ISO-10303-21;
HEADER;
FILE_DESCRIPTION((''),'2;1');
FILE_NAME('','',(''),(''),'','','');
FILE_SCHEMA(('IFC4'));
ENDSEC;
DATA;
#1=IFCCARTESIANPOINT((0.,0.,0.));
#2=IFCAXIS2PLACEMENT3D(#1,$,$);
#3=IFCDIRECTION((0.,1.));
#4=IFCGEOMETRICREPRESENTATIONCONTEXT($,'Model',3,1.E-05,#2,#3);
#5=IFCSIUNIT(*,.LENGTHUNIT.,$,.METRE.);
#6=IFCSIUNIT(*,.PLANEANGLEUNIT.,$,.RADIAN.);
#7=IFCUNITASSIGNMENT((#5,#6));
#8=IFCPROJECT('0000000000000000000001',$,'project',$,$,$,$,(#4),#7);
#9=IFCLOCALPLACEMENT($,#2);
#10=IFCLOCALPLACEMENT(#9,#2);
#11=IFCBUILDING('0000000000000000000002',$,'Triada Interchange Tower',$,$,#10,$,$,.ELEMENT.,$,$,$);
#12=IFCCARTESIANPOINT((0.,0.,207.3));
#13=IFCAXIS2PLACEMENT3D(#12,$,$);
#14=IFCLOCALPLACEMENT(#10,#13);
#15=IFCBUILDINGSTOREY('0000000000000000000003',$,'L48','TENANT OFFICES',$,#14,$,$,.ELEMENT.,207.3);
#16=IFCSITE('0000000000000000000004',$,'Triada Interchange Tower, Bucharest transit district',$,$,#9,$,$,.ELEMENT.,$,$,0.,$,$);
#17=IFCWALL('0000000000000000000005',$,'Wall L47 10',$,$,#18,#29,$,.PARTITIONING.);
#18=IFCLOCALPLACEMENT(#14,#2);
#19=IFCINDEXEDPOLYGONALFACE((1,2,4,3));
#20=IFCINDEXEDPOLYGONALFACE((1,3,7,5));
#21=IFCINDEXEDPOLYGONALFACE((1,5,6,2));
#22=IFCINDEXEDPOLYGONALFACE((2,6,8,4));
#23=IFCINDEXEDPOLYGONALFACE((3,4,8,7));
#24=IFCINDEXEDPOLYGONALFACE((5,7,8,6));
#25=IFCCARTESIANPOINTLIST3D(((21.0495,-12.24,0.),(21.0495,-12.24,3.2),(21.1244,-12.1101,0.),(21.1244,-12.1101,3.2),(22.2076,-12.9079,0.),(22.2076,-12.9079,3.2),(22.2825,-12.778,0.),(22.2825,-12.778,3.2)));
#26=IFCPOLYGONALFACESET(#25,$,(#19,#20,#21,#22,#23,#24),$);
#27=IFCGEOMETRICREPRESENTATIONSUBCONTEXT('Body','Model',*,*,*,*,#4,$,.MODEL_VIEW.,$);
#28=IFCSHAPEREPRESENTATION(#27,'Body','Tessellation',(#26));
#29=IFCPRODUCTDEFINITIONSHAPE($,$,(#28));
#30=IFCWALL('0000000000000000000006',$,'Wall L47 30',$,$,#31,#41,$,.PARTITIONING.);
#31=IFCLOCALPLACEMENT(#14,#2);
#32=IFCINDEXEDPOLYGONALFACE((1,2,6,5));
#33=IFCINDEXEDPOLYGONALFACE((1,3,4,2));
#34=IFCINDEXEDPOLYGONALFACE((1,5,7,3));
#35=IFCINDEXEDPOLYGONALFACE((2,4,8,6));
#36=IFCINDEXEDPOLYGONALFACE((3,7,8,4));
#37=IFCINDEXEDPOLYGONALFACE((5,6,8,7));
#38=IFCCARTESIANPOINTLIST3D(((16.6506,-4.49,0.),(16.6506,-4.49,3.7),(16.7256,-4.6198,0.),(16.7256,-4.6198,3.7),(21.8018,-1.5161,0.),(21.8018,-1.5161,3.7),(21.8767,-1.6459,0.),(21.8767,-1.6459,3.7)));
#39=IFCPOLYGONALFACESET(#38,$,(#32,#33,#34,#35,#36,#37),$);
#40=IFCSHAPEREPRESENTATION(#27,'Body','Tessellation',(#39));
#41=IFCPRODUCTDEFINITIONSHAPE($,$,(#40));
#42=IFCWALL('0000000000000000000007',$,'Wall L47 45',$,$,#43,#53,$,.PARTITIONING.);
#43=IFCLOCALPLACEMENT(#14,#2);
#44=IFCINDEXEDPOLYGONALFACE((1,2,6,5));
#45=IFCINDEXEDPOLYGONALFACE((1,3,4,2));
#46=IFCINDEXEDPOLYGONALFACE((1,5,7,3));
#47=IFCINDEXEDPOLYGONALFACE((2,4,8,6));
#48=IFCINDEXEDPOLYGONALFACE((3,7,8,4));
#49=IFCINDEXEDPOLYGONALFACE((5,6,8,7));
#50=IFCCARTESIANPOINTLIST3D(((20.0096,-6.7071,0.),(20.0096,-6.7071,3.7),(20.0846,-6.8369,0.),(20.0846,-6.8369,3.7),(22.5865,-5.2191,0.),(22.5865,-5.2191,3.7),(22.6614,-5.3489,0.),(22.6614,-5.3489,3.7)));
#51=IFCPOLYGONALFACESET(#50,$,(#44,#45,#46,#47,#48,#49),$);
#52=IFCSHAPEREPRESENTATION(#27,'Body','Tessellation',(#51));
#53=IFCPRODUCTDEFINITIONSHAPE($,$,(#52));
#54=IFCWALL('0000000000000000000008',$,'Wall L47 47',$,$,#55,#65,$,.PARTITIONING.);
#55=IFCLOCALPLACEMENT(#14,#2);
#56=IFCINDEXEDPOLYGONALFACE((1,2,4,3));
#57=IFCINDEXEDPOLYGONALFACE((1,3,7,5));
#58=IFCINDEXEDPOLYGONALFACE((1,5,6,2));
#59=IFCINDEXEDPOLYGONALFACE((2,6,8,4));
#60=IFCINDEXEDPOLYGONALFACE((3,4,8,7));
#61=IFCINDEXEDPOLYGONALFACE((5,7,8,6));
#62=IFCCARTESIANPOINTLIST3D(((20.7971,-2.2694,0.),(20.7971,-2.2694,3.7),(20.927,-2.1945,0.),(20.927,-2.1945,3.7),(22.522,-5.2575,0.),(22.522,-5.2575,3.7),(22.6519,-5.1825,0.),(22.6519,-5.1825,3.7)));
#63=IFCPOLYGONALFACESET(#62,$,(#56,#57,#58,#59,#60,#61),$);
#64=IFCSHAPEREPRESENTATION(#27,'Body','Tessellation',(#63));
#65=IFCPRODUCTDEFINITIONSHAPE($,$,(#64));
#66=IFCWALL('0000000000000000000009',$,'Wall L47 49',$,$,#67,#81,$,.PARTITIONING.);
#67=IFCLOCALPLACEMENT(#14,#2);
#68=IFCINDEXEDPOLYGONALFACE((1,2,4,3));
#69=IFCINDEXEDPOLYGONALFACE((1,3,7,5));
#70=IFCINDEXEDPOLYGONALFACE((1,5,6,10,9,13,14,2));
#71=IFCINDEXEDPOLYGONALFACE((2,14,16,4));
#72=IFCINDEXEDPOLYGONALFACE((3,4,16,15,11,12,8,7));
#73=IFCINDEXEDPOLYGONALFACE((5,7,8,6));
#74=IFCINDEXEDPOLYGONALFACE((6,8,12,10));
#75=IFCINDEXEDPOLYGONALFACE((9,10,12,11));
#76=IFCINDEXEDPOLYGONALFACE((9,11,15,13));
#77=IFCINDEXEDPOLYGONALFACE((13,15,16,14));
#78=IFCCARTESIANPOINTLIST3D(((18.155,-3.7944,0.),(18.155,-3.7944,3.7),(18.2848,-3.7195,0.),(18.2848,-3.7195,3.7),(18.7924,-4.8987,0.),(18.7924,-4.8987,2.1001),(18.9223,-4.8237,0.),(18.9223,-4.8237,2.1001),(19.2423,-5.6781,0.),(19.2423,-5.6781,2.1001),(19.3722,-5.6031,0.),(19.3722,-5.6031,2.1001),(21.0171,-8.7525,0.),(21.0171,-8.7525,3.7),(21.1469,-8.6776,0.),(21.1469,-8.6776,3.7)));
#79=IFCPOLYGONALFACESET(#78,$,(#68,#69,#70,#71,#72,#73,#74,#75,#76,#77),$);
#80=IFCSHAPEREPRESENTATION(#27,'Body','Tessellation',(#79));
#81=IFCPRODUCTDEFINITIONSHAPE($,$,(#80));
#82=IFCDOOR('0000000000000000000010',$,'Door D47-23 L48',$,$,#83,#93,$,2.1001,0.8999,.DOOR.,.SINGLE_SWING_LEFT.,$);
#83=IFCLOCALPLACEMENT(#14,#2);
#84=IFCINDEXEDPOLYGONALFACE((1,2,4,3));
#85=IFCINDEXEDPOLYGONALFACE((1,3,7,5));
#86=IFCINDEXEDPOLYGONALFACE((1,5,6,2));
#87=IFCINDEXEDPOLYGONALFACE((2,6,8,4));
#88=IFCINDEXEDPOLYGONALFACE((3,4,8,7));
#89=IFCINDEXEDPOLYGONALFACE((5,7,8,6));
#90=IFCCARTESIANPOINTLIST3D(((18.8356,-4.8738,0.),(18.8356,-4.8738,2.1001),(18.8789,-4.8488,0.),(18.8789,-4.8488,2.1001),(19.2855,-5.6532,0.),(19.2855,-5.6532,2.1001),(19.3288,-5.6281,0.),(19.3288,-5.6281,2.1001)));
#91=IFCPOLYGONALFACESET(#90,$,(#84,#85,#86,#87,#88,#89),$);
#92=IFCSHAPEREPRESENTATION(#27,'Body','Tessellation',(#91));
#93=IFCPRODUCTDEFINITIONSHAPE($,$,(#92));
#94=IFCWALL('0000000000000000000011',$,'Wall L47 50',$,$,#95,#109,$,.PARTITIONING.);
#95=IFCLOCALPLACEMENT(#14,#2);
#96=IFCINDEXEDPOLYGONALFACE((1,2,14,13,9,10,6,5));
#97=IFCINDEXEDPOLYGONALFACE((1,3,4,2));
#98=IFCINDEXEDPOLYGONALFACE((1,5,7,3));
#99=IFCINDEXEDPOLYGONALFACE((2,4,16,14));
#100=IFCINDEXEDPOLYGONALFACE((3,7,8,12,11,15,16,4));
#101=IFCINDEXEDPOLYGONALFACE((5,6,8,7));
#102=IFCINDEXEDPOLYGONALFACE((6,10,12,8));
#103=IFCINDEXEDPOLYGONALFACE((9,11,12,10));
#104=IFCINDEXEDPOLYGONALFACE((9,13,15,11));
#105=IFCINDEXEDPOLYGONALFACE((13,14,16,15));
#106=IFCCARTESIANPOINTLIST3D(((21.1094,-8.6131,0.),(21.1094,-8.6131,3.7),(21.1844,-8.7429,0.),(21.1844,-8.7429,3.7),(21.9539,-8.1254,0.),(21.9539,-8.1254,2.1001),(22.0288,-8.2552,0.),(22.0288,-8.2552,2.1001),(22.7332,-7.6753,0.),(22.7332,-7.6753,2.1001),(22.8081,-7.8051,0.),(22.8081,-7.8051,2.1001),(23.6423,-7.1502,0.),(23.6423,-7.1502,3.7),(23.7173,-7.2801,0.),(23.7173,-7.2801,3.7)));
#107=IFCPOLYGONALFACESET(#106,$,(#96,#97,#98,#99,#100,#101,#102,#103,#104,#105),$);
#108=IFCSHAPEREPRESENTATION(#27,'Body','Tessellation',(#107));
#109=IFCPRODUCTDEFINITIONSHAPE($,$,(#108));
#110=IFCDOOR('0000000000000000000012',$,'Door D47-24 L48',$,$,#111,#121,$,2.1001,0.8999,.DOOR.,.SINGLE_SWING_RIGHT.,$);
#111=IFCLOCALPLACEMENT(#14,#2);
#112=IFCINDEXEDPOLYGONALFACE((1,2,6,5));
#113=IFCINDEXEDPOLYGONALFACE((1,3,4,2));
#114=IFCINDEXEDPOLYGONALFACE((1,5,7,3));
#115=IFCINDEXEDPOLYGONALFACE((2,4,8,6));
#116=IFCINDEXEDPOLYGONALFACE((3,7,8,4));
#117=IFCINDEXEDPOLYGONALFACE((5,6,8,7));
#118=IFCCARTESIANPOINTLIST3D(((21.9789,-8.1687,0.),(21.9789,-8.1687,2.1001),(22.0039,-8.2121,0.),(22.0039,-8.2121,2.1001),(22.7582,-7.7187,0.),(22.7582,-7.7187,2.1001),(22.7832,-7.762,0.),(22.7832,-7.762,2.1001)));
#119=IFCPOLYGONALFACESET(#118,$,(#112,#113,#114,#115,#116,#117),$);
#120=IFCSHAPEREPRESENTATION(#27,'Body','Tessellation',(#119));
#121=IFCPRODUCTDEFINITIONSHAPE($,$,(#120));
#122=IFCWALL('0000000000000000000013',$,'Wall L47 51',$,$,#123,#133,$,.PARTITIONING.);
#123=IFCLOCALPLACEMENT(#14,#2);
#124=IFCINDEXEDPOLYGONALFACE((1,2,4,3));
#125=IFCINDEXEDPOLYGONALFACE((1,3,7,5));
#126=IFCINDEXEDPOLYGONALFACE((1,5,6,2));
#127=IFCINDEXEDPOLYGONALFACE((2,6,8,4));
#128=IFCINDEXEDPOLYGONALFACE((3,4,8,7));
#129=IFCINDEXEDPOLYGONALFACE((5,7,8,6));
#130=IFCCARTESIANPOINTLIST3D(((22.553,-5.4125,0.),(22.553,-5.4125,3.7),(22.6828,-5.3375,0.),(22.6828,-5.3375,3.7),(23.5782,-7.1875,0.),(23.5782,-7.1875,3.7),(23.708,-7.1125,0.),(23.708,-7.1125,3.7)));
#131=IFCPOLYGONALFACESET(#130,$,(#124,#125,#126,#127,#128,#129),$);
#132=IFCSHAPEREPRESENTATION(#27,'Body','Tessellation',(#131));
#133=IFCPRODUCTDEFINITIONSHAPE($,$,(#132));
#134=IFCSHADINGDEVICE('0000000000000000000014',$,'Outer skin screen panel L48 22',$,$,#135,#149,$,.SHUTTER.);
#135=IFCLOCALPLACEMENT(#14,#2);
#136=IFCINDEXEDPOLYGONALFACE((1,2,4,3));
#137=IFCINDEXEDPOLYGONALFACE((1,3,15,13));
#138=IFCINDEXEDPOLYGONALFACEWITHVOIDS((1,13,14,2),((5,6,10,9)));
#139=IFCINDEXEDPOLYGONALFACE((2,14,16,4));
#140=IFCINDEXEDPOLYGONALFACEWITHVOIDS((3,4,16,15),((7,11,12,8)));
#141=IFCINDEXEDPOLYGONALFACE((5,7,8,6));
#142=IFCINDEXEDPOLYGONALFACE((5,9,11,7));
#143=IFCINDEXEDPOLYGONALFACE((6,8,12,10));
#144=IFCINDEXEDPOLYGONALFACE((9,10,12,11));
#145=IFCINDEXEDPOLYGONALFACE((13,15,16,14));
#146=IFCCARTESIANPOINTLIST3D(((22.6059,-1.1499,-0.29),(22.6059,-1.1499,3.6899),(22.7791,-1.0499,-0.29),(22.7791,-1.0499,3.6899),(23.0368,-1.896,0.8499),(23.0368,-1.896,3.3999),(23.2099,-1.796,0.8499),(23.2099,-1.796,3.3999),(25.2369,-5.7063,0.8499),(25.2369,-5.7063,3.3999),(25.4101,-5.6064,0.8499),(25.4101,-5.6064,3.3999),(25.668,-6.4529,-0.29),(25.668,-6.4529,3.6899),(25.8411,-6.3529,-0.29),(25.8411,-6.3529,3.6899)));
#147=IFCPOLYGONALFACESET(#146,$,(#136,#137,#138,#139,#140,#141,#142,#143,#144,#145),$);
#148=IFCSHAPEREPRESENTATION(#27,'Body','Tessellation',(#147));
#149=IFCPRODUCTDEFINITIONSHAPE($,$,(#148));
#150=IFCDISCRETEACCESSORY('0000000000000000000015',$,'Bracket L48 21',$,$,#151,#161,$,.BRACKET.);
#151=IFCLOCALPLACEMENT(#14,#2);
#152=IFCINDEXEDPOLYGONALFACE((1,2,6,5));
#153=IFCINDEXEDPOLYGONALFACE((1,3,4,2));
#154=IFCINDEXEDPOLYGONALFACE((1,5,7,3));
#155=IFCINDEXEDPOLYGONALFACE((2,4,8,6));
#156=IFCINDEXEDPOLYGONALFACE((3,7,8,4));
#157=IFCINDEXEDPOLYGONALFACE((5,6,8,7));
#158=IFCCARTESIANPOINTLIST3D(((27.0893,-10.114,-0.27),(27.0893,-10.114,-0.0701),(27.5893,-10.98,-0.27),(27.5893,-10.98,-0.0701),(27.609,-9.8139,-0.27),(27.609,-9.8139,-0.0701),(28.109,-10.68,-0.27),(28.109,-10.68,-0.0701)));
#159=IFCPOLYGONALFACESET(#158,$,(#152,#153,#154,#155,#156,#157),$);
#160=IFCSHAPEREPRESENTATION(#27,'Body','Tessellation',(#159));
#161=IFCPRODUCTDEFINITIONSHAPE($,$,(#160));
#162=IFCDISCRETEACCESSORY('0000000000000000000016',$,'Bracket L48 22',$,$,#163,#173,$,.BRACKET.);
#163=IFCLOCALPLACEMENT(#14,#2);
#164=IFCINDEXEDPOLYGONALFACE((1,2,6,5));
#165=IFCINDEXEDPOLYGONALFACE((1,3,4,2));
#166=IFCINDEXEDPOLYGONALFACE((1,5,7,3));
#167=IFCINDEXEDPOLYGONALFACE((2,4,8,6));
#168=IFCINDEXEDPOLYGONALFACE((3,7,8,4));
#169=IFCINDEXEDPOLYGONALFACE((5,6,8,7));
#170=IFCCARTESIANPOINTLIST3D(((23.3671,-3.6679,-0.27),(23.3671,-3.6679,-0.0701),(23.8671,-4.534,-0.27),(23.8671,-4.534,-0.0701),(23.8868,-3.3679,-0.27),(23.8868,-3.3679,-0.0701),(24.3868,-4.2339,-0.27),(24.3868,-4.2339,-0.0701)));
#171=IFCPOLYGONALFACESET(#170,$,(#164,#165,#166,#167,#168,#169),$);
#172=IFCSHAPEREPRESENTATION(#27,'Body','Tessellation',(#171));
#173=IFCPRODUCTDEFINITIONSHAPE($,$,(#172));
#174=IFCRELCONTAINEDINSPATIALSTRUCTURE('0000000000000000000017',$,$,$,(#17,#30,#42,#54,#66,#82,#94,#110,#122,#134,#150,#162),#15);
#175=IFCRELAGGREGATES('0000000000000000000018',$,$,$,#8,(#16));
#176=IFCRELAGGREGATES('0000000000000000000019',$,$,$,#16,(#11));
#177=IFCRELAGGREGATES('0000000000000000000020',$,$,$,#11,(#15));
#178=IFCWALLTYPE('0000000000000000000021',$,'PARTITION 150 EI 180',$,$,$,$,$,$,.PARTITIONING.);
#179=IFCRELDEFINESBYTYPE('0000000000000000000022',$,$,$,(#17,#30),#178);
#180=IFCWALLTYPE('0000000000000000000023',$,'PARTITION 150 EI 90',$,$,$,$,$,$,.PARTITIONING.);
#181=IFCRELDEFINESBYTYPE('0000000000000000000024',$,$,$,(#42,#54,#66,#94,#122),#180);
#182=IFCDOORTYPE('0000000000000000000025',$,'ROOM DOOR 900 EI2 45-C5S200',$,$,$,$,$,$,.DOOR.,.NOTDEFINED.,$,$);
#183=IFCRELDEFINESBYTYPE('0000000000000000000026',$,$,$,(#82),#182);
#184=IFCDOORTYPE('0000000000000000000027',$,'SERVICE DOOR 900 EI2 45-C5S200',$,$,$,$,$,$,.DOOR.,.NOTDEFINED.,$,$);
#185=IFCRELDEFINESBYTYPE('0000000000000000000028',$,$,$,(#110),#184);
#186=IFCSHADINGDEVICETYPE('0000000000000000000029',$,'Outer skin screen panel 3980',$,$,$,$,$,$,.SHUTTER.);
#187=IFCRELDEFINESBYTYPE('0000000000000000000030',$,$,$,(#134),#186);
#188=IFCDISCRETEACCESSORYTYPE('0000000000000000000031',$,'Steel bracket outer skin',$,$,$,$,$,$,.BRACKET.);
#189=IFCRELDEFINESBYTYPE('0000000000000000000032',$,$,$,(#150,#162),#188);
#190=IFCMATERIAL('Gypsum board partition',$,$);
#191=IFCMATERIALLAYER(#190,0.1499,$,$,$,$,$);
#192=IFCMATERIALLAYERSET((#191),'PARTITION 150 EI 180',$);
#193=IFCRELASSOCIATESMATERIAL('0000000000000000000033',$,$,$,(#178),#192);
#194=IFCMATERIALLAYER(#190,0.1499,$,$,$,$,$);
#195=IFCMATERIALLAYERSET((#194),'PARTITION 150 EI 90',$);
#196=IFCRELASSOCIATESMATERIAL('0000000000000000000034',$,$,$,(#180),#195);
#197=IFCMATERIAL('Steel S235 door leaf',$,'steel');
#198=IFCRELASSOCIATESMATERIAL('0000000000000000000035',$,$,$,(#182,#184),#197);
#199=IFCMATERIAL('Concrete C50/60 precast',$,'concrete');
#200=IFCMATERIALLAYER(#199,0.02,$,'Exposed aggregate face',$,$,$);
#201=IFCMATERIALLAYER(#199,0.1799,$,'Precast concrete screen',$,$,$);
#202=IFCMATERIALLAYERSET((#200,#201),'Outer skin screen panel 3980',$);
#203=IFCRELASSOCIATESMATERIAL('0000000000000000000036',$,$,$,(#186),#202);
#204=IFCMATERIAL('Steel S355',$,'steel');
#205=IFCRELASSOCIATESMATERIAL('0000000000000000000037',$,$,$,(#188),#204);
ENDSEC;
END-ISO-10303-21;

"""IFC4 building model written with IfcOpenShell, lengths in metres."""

from ifc_helpers import new_model, si_unit, direction, frame, frame_2d, origin, origin_2d, place, context, subcontext, project, spatial, polyline, rectangle, outline, extrude, material, layer, layer_set, type_object, element, fill, save


model = new_model("IFC4")

# Units and contexts
model_context = context("Model", 3, precision=1e-05, world=origin(), true_north=direction((0.0, 1.0)))
body_context = subcontext(model_context, "Body", "Model", "MODEL_VIEW")
ifc_project = project(units=[si_unit("LENGTHUNIT", "METRE"), si_unit("PLANEANGLEUNIT", "RADIAN")], contexts=[model_context])

# Site, building, storey
site_placement = place(None, origin())
site = spatial("IfcSite", under=ifc_project, at=site_placement, Name="Triada Interchange Tower, Bucharest transit district", CompositionType="ELEMENT", RefElevation=0.0)
building_placement = place(site_placement, origin())
building = spatial("IfcBuilding", under=site, at=building_placement, Name="Triada Interchange Tower", CompositionType="ELEMENT")
storey_placement = place(building_placement, frame((0.0, 0.0, 207.3)))
storey = spatial("IfcBuildingStorey", under=building, at=storey_placement, Name="L48", Description="TENANT OFFICES", CompositionType="ELEMENT", Elevation=207.3)

# Walls
ifc_material_1 = material(Name="Gypsum board partition")
ifc_layer_1 = layer(ifc_material_1, 0.1499)
ifc_layer_set_1 = layer_set([ifc_layer_1], Name="PARTITION 150 EI 180")
wall_type_1 = type_object("IfcWallType", Name="PARTITION 150 EI 180", PredefinedType="PARTITIONING", material=ifc_layer_set_1)
wall_1_placement = place(storey_placement, frame((21.0869, -12.175, 0.0), z_axis=(0.0, 0.0, 1.0), x_axis=(0.866259, -0.499596, 0.0)))
element("IfcWall", 1, at=wall_1_placement, inside=storey, type_object=wall_type_1, Name="Wall L47 10", PredefinedType="PARTITIONING", context=body_context, shape_type="SweptSolid", body=[
    extrude(rectangle(XDim=1.3369, YDim=0.1499, at=frame_2d((0.6685, 0.0))), origin(), (0.0, 0.0, 1.0), 3.2),
])
wall_2_placement = place(storey_placement, frame((16.688, -4.5549, 0.0), z_axis=(0.0, 0.0, 1.0), x_axis=(0.866035, 0.499984, 0.0)))
element("IfcWall", 2, at=wall_2_placement, inside=storey, type_object=wall_type_1, Name="Wall L47 30", PredefinedType="PARTITIONING", context=body_context, shape_type="SweptSolid", body=[
    extrude(rectangle(XDim=5.948, YDim=0.1499, at=frame_2d((2.9741, 0.0))), origin(), (0.0, 0.0, 1.0), 3.7),
])
ifc_layer_2 = layer(ifc_material_1, 0.1499)
ifc_layer_set_2 = layer_set([ifc_layer_2], Name="PARTITION 150 EI 90")
wall_type_2 = type_object("IfcWallType", Name="PARTITION 150 EI 90", PredefinedType="PARTITIONING", material=ifc_layer_set_2)
wall_3_placement = place(storey_placement, frame((20.0471, -6.772, 0.0), z_axis=(0.0, 0.0, 1.0), x_axis=(0.865987, 0.500066, 0.0)))
element("IfcWall", 3, at=wall_3_placement, inside=storey, type_object=wall_type_2, Name="Wall L47 45", PredefinedType="PARTITIONING", context=body_context, shape_type="SweptSolid", body=[
    extrude(rectangle(XDim=2.9756, YDim=0.1499, at=frame_2d((1.4878, 0.0))), origin(), (0.0, 0.0, 1.0), 3.7),
])
wall_4_placement = place(storey_placement, frame((20.8621, -2.2319, 0.0), z_axis=(0.0, 0.0, 1.0), x_axis=(0.499937, -0.866062, 0.0)))
element("IfcWall", 4, at=wall_4_placement, inside=storey, type_object=wall_type_2, Name="Wall L47 47", PredefinedType="PARTITIONING", context=body_context, shape_type="SweptSolid", body=[
    extrude(rectangle(XDim=3.4502, YDim=0.1499, at=frame_2d((1.7251, 0.0))), origin(), (0.0, 0.0, 1.0), 3.7),
])

# Walls, openings, doors
wall_5_placement = place(storey_placement, frame((18.22, -3.7571, 0.0), z_axis=(0.0, 0.0, 1.0), x_axis=(0.499941, -0.866059, 0.0)))
wall_5 = element("IfcWall", 5, at=wall_5_placement, inside=storey, type_object=wall_type_2, Name="Wall L47 49", PredefinedType="PARTITIONING", context=body_context, shape_type="SweptSolid", body=[
    extrude(rectangle(XDim=5.7249, YDim=0.1499, at=frame_2d((2.8623, 0.0))), origin(), (0.0, 0.0, 1.0), 3.7),
])
opening_1_placement = place(wall_5_placement, frame((1.2749, 0.0, 0.0)))
opening_1 = element("IfcOpeningElement", 6, at=opening_1_placement, cuts=wall_5, PredefinedType="OPENING", context=body_context, shape_type="SweptSolid", body=[
    extrude(rectangle(XDim=0.8999, YDim=2.1001, at=frame_2d((0.45, 1.05))), frame((0.0, 0.085, 0.0), z_axis=(0.0, -1.0, 0.0), x_axis=(1.0, 0.0, 0.0)), (0.0, 0.0, 1.0), 0.1699),
])
ifc_material_2 = material(Name="Steel S235 door leaf", Category="steel")
door_type_1 = type_object("IfcDoorType", Name="ROOM DOOR 900 EI2 45-C5S200", OperationType="NOTDEFINED", PredefinedType="DOOR", material=ifc_material_2)
door_1_placement = place(opening_1_placement, origin())
door_1 = element("IfcDoor", 7, at=door_1_placement, inside=storey, type_object=door_type_1, Name="Door D47-23 L48", OperationType="SINGLE_SWING_LEFT", OverallHeight=2.1001, OverallWidth=0.8999, PredefinedType="DOOR", context=body_context, shape_type="SweptSolid", body=[
    extrude(rectangle(XDim=0.8999, YDim=2.1001, at=frame_2d((0.45, 1.05))), frame((0.0, 0.0249, 0.0), z_axis=(0.0, -1.0, 0.0), x_axis=(1.0, 0.0, 0.0)), (0.0, 0.0, 1.0), 0.05),
])
fill(opening_1, door_1)
wall_6_placement = place(storey_placement, frame((21.147, -8.678, 0.0), z_axis=(0.0, 0.0, 1.0), x_axis=(0.865953, 0.500125, 0.0)))
wall_6 = element("IfcWall", 8, at=wall_6_placement, inside=storey, type_object=wall_type_2, Name="Wall L47 50", PredefinedType="PARTITIONING", context=body_context, shape_type="SweptSolid", body=[
    extrude(rectangle(XDim=2.925, YDim=0.1499, at=frame_2d((1.4624, 0.0))), origin(), (0.0, 0.0, 1.0), 3.7),
])
opening_2_placement = place(wall_6_placement, frame((0.9751, 0.0, 0.0)))
opening_2 = element("IfcOpeningElement", 9, at=opening_2_placement, cuts=wall_6, PredefinedType="OPENING", context=body_context, shape_type="SweptSolid", body=[
    extrude(rectangle(XDim=0.8999, YDim=2.1001, at=frame_2d((0.45, 1.05))), frame((0.0, 0.085, 0.0), z_axis=(0.0, -1.0, 0.0), x_axis=(1.0, 0.0, 0.0)), (0.0, 0.0, 1.0), 0.1699),
])
door_type_2 = type_object("IfcDoorType", Name="SERVICE DOOR 900 EI2 45-C5S200", OperationType="NOTDEFINED", PredefinedType="DOOR", material=ifc_material_2)
door_2_placement = place(opening_2_placement, origin())
door_2 = element("IfcDoor", 10, at=door_2_placement, inside=storey, type_object=door_type_2, Name="Door D47-24 L48", OperationType="SINGLE_SWING_RIGHT", OverallHeight=2.1001, OverallWidth=0.8999, PredefinedType="DOOR", context=body_context, shape_type="SweptSolid", body=[
    extrude(rectangle(XDim=0.8999, YDim=2.1001, at=frame_2d((0.45, 1.05))), frame((0.0, 0.0249, 0.0), z_axis=(0.0, -1.0, 0.0), x_axis=(1.0, 0.0, 0.0)), (0.0, 0.0, 1.0), 0.05),
])
fill(opening_2, door_2)

# Wall
wall_7_placement = place(storey_placement, frame((22.6179, -5.375, 0.0), z_axis=(0.0, 0.0, 1.0), x_axis=(0.500149, -0.86594, 0.0)))
element("IfcWall", 11, at=wall_7_placement, inside=storey, type_object=wall_type_2, Name="Wall L47 51", PredefinedType="PARTITIONING", context=body_context, shape_type="SweptSolid", body=[
    extrude(rectangle(XDim=2.0498, YDim=0.1499, at=frame_2d((1.0249, 0.0))), origin(), (0.0, 0.0, 1.0), 3.7),
])

# Shading device
ifc_material_3 = material(Name="Concrete C50/60 precast", Category="concrete")
ifc_layer_3 = layer(ifc_material_3, 0.02, Name="Exposed aggregate face")
ifc_layer_4 = layer(ifc_material_3, 0.1799, Name="Precast concrete screen")
ifc_layer_set_3 = layer_set([ifc_layer_3, ifc_layer_4], Name="Outer skin screen panel 3980")
shading_device_type = type_object("IfcShadingDeviceType", Name="Outer skin screen panel 3980", PredefinedType="SHUTTER", material=ifc_layer_set_3)
shading_device_placement = place(storey_placement, frame((25.668, -6.4529, -0.29), z_axis=(0.0, 0.0, 1.0), x_axis=(-0.500041, 0.866002, 0.0)))
element("IfcShadingDevice", 12, at=shading_device_placement, inside=storey, type_object=shading_device_type, Name="Outer skin screen panel L48 22", PredefinedType="SHUTTER", context=body_context, shape_type="SweptSolid", body=[
    extrude(outline(polyline([(0.0, 0.0), (6.1235, 0.0), (6.1235, 3.98), (0.0, 3.98), (0.0, 0.0)]), holes=[polyline([(0.8621, 1.1399), (0.8621, 3.6899), (5.262, 3.6899), (5.262, 1.1399), (0.8621, 1.1399)])]), frame((0.0, 0.0, 0.0), z_axis=(0.0, -1.0, 0.0), x_axis=(1.0, 0.0, 0.0)), (0.0, 0.0, 1.0), 0.2),
])

# Discrete accessories
ifc_material_4 = material(Name="Steel S355", Category="steel")
discrete_accessory_type = type_object("IfcDiscreteAccessoryType", Name="Steel bracket outer skin", PredefinedType="BRACKET", material=ifc_material_4)
for number, where, z_axis, x_axis, name in (
    (13, (27.5991, -10.397, -0.27), (0.0, 0.0, 1.0), (0.866021, 0.500007, 0.0), "Bracket L48 21"),
    (14, (23.877, -3.9509, -0.27), (0.0, 0.0, 1.0), (0.866021, 0.500007, 0.0), "Bracket L48 22"),
):
    element("IfcDiscreteAccessory", number, at=place(storey_placement, frame(where, z_axis=z_axis, x_axis=x_axis)), inside=storey, type_object=discrete_accessory_type, Name=name, PredefinedType="BRACKET", context=body_context, shape_type="SweptSolid", body=[
        extrude(rectangle(XDim=0.6001, YDim=1.0, at=origin_2d()), origin(), (0.0, 0.0, 1.0), 0.2),
    ])

save(model, "model.ifc")
